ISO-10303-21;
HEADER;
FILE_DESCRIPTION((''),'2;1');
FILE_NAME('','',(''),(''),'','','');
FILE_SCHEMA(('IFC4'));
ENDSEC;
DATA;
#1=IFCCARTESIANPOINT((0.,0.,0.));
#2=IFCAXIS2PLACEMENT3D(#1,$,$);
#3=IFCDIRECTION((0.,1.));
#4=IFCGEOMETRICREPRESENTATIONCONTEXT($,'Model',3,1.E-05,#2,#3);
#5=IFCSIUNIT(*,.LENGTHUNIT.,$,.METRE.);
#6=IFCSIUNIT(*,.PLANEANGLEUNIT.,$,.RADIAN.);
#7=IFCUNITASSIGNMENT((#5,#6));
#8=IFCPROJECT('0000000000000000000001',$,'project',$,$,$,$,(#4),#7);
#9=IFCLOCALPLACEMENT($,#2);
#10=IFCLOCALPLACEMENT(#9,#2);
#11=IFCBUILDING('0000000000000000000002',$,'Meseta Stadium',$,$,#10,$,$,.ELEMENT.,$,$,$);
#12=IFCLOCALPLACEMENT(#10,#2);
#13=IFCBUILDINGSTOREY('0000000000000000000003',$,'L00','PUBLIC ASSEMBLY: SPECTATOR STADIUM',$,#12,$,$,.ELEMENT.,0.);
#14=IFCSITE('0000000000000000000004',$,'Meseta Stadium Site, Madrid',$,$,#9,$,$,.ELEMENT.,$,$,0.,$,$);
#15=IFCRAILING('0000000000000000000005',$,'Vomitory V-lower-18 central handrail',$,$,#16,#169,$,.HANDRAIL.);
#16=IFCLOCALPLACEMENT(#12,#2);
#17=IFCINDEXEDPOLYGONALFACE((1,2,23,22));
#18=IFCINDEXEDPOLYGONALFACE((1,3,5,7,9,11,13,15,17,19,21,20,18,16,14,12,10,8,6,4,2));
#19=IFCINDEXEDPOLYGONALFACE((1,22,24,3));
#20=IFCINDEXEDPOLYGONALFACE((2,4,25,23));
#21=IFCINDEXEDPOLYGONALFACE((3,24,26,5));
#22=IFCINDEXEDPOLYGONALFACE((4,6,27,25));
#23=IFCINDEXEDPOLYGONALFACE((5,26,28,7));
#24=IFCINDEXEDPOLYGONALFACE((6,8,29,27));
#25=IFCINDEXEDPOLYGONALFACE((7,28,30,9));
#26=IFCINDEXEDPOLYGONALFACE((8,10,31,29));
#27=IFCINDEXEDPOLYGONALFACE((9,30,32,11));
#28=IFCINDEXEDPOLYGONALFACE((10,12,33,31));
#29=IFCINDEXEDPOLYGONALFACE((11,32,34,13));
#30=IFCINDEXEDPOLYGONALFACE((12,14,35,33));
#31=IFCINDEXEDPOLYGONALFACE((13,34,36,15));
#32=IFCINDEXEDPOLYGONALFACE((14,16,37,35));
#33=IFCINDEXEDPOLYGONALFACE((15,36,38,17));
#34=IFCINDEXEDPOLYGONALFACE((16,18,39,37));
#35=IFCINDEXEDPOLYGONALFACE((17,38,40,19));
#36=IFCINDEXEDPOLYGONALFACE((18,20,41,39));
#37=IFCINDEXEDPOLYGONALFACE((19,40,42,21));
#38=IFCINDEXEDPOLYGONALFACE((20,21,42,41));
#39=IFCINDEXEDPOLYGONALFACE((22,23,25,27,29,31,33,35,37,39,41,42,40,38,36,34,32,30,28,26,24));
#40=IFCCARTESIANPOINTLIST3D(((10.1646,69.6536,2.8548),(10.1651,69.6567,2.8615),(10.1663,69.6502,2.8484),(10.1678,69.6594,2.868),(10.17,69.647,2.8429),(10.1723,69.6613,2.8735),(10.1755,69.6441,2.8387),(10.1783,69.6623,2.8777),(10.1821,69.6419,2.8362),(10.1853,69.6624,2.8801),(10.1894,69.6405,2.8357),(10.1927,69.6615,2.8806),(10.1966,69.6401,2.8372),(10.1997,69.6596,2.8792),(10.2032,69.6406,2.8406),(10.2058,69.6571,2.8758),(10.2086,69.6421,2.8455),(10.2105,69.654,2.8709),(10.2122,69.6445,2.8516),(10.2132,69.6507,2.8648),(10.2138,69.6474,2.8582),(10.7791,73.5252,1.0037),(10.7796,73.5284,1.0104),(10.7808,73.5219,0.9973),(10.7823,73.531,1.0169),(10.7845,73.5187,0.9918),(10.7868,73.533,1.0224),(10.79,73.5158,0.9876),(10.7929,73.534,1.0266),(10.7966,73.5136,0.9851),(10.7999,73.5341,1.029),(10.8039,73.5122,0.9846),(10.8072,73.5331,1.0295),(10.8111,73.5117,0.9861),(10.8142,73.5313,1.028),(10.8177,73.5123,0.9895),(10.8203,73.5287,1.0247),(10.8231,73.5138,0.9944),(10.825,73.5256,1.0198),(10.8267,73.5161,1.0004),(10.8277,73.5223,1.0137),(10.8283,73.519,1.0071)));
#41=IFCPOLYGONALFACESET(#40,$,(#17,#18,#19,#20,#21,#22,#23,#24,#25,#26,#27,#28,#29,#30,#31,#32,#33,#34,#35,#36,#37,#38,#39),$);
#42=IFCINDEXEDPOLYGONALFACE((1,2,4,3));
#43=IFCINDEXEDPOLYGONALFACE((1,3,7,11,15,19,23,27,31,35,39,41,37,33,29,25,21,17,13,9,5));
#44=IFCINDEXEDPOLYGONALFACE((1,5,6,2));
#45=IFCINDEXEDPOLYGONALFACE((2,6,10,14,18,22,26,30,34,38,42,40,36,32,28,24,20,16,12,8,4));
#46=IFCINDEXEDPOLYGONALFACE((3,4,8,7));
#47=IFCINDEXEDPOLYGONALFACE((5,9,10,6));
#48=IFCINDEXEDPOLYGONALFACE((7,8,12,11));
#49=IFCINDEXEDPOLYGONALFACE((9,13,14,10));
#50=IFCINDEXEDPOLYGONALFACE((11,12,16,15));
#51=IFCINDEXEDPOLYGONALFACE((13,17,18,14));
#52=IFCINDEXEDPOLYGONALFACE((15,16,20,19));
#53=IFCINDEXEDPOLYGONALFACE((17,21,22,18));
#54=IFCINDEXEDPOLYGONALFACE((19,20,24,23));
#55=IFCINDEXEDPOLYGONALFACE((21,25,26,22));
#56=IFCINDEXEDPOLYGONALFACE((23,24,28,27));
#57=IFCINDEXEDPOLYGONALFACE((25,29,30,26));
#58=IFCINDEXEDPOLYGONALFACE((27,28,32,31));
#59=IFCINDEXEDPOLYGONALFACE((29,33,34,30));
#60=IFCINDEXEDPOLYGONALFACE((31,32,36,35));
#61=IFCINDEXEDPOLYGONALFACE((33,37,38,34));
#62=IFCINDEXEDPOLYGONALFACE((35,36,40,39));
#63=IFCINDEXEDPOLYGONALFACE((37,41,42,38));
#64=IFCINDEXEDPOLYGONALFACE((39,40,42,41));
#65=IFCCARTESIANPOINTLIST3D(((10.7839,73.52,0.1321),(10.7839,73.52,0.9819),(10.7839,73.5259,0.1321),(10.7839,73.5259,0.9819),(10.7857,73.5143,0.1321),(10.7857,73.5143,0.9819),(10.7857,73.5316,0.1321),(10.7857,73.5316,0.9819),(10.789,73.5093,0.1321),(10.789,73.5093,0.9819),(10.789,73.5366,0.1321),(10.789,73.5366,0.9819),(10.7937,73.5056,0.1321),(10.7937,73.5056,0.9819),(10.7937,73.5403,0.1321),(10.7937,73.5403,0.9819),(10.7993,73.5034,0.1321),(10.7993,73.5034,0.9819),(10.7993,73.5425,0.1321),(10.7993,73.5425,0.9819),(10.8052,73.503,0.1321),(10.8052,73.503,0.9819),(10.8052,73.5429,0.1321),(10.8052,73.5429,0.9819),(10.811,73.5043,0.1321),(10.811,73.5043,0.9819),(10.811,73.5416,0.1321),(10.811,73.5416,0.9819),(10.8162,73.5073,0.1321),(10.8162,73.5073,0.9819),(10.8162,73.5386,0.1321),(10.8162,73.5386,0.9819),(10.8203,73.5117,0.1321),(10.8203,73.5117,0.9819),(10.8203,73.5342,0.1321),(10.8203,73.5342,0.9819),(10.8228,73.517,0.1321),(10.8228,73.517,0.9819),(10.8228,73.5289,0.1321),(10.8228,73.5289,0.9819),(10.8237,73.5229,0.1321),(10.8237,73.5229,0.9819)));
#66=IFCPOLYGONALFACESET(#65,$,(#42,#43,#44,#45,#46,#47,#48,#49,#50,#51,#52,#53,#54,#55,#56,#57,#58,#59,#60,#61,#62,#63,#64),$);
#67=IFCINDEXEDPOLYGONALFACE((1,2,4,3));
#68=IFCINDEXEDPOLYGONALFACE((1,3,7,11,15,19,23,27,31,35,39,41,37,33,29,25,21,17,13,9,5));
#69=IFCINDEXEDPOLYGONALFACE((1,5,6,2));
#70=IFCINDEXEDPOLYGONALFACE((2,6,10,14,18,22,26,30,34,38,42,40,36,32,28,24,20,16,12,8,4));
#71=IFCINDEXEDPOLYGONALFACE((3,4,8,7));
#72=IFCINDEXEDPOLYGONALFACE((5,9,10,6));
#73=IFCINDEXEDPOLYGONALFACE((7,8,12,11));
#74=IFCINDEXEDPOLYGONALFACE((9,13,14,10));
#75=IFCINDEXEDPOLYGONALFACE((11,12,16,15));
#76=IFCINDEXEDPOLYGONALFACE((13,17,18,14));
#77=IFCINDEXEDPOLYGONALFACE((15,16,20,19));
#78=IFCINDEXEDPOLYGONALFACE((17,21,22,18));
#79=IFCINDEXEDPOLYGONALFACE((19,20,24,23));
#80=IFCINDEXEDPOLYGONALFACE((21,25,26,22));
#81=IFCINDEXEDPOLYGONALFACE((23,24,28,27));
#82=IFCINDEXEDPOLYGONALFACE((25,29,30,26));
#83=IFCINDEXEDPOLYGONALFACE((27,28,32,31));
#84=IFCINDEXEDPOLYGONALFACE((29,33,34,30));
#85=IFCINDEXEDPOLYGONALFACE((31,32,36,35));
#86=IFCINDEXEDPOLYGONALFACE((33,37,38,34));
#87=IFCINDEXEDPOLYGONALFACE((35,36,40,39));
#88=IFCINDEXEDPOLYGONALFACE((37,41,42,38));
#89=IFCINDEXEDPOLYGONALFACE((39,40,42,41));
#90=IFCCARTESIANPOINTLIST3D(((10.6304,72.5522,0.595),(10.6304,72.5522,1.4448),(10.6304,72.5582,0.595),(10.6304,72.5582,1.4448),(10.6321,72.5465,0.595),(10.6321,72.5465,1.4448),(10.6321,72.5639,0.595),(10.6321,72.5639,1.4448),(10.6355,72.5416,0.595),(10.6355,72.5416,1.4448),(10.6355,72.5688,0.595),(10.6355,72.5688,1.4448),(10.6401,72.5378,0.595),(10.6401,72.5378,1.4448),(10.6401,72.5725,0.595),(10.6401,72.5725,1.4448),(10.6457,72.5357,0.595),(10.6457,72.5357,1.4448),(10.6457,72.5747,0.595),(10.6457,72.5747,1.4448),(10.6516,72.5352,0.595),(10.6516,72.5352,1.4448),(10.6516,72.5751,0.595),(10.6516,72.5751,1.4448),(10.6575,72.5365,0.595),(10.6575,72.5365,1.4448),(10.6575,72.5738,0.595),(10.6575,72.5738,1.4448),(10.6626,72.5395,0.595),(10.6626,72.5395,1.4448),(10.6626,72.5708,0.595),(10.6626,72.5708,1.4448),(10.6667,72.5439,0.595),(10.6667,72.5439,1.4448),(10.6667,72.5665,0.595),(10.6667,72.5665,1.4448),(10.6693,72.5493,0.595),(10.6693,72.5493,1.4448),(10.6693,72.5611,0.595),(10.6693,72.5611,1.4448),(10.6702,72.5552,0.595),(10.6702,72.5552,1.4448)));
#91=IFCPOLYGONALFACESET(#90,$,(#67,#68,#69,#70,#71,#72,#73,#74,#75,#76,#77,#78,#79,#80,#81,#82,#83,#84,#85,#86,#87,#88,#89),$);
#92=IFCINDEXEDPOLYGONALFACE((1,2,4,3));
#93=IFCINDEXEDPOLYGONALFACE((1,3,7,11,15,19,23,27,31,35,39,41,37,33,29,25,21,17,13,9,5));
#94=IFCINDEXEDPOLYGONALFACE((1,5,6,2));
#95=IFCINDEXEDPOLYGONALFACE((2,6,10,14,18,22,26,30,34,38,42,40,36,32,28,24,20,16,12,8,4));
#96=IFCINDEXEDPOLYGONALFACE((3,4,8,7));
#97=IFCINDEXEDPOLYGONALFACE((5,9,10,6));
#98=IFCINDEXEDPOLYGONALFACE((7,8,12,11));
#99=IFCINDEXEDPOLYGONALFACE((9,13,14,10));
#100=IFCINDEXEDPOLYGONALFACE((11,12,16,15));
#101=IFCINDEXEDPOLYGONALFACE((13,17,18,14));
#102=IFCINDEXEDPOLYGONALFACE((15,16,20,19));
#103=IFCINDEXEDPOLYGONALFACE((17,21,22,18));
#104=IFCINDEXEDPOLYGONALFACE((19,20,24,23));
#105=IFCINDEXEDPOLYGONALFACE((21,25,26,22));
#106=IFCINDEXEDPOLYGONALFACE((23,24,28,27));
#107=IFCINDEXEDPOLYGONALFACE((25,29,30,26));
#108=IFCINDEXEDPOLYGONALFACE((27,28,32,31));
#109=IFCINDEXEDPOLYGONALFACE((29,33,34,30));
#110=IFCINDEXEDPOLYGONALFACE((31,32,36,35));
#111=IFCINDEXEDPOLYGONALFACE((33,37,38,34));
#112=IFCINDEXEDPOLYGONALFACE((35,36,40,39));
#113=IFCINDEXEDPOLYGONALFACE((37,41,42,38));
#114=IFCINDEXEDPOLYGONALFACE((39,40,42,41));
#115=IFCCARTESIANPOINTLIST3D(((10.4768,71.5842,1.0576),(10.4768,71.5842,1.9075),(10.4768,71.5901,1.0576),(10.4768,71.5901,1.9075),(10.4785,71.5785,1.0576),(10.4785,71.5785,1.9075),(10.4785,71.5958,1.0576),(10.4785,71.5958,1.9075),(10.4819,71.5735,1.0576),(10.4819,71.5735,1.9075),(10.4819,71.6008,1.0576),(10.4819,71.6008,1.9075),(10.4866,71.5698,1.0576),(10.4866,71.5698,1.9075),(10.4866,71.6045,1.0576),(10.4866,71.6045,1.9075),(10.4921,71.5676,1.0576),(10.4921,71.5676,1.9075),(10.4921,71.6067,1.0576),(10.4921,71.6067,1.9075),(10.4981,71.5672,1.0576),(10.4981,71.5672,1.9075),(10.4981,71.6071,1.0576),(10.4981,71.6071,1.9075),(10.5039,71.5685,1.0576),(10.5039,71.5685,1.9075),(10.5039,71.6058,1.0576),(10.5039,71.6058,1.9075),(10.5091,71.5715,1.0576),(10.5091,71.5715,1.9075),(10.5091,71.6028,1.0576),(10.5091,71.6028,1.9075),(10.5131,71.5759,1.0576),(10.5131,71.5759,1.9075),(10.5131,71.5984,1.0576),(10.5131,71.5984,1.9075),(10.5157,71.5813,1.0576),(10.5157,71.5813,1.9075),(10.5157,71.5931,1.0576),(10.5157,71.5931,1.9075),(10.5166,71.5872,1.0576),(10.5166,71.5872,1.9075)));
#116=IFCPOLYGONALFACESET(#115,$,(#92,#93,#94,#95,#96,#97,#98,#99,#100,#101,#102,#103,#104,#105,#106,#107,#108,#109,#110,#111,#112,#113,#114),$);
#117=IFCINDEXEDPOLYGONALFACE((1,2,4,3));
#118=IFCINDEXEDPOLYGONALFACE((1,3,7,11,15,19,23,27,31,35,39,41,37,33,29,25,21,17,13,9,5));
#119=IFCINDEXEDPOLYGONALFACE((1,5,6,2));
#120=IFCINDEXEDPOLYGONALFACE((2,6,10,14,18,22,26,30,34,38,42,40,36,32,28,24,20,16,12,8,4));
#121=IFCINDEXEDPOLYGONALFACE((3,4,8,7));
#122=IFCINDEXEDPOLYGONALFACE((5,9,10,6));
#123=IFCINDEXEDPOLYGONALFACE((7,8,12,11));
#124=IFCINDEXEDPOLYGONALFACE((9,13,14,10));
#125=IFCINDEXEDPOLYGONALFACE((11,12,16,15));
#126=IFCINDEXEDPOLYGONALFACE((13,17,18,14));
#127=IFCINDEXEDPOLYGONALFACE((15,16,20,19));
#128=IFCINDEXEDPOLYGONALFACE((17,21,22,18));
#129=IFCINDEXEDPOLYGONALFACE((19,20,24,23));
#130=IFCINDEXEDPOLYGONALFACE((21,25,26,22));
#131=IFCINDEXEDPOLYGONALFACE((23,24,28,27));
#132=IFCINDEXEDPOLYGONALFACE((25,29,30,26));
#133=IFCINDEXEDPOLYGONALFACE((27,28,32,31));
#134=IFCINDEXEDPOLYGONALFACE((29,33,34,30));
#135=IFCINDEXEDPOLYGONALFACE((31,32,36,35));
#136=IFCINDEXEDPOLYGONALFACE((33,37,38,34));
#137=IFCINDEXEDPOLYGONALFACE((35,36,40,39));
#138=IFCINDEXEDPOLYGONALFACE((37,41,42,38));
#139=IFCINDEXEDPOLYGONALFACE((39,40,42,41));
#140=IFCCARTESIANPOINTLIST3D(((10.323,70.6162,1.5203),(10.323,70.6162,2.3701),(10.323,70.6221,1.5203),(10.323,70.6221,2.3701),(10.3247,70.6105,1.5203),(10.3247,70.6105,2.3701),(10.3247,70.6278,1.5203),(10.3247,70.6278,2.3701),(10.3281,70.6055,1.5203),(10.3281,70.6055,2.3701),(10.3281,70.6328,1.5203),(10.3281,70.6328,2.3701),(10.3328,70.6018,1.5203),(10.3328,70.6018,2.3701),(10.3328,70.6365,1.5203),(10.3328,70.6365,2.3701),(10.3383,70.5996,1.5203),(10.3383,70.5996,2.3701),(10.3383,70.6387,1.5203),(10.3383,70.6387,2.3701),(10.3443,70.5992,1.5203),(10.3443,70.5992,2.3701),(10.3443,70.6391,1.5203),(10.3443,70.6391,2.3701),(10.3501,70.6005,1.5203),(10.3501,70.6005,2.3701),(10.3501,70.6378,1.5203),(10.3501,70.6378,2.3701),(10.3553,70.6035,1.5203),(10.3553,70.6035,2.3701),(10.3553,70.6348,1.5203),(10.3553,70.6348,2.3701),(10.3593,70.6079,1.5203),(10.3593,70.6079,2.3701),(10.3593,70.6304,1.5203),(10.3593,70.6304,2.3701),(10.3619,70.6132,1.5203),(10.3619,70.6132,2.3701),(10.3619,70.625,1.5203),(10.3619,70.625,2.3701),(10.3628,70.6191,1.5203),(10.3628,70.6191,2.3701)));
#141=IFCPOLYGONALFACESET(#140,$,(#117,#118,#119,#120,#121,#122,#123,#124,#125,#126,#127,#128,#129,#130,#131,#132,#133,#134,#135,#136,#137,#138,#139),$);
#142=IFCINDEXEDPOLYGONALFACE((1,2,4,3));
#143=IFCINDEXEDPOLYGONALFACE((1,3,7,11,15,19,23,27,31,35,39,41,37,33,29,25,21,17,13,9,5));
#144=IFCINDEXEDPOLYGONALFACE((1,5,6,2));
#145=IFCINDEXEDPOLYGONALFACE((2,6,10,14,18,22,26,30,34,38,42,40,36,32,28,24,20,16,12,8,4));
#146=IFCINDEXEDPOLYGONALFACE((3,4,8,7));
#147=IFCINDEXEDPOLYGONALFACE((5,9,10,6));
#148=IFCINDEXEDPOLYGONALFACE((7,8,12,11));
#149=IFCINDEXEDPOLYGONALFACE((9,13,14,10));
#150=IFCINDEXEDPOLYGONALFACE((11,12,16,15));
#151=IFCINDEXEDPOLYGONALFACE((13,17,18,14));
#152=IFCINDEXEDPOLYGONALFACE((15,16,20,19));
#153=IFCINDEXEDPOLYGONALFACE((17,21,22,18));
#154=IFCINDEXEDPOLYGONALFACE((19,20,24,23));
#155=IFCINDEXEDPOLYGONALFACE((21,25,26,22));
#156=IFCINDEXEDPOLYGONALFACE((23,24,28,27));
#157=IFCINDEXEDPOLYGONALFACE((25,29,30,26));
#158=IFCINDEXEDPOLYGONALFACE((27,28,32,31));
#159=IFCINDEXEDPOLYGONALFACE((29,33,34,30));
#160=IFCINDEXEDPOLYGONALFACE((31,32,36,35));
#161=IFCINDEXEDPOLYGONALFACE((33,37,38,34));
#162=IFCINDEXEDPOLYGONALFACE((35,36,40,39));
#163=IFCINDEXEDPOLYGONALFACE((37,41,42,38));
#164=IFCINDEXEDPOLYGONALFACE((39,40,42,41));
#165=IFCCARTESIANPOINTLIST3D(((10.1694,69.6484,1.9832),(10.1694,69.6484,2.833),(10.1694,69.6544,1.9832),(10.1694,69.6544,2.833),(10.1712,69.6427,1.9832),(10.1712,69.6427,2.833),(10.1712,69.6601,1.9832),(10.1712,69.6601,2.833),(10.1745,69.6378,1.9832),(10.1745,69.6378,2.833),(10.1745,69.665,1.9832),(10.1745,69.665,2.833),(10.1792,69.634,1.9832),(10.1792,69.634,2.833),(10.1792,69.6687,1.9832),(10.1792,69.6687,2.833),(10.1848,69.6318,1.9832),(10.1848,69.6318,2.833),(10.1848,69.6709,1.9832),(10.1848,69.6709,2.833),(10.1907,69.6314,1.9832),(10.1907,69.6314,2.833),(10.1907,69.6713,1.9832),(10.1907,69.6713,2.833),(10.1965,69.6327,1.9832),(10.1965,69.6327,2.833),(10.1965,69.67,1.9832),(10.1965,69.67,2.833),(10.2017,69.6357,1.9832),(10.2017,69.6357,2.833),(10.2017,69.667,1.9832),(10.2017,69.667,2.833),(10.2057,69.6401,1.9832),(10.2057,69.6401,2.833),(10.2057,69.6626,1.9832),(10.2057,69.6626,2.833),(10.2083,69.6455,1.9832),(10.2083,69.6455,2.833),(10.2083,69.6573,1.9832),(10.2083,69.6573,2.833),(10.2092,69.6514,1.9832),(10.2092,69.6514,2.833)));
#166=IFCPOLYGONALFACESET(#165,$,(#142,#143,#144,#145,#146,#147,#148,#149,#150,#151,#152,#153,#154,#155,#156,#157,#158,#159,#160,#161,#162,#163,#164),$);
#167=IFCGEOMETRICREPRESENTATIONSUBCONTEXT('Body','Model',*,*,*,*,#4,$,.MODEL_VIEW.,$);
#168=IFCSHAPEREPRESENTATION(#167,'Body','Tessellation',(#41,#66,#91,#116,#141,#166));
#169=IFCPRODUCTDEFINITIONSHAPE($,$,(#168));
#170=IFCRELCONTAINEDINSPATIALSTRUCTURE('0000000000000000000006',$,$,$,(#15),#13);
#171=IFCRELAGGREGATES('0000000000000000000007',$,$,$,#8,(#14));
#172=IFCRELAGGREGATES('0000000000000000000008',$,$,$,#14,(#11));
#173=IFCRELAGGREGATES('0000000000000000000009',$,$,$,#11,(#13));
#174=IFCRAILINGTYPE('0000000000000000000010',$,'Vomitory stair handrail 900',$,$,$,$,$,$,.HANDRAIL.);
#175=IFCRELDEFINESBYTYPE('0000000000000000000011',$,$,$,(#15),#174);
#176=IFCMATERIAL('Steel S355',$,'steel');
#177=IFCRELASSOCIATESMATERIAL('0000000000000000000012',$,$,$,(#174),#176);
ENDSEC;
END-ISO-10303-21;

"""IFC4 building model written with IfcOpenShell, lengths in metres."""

from ifc_helpers import new_model, si_unit, direction, frame, origin, origin_2d, place, context, subcontext, project, spatial, circle, extrude, material, type_object, element, save


model = new_model("IFC4")

# Units and contexts
model_context = context("Model", 3, precision=1e-05, world=origin(), true_north=direction((0.0, 1.0)))
body_context = subcontext(model_context, "Body", "Model", "MODEL_VIEW")
ifc_project = project(units=[si_unit("LENGTHUNIT", "METRE"), si_unit("PLANEANGLEUNIT", "RADIAN")], contexts=[model_context])

# Site, building, storey
site_placement = place(None, origin())
site = spatial("IfcSite", under=ifc_project, at=site_placement, Name="Meseta Stadium Site, Madrid", CompositionType="ELEMENT", RefElevation=0.0)
building_placement = place(site_placement, origin())
building = spatial("IfcBuilding", under=site, at=building_placement, Name="Meseta Stadium", CompositionType="ELEMENT")
storey_placement = place(building_placement, origin())
storey = spatial("IfcBuildingStorey", under=building, at=storey_placement, Name="L00", Description="PUBLIC ASSEMBLY: SPECTATOR STADIUM", CompositionType="ELEMENT", Elevation=0.0)

# Railing
ifc_material_1 = material(Name="Steel S355", Category="steel")
railing_type_1 = type_object("IfcRailingType", Name="Vomitory stair handrail 900", PredefinedType="HANDRAIL", material=ifc_material_1)
railing_1_placement = place(storey_placement, frame((10.8037, 73.5229, 0.1321)))
element("IfcRailing", 1, at=railing_1_placement, inside=storey, type_object=railing_type_1, Name="Vomitory V-lower-18 central handrail", PredefinedType="HANDRAIL", context=body_context, shape_type="SweptSolid", body=[
    extrude(circle(Radius=0.0249, at=origin_2d()), frame((0.0, 0.0, 0.875), z_axis=(-0.14175, -0.893074, 0.426995), x_axis=(0.987637, -0.156759, 0.0)), (0.0, 0.0, 1.0), 4.3352),
    extrude(circle(Radius=0.02, at=origin_2d()), origin(), (0.0, 0.0, 1.0), 0.8499),
    extrude(circle(Radius=0.02, at=origin_2d()), frame((-0.1536, -0.9678, 0.4629)), (0.0, 0.0, 1.0), 0.8499),
    extrude(circle(Radius=0.02, at=origin_2d()), frame((-0.3071, -1.9358, 0.9255)), (0.0, 0.0, 1.0), 0.8499),
    extrude(circle(Radius=0.02, at=origin_2d()), frame((-0.4609, -2.9038, 1.3882)), (0.0, 0.0, 1.0), 0.8499),
    extrude(circle(Radius=0.02, at=origin_2d()), frame((-0.6145, -3.8716, 1.8511)), (0.0, 0.0, 1.0), 0.8499),
])

save(model, "model.ifc")
